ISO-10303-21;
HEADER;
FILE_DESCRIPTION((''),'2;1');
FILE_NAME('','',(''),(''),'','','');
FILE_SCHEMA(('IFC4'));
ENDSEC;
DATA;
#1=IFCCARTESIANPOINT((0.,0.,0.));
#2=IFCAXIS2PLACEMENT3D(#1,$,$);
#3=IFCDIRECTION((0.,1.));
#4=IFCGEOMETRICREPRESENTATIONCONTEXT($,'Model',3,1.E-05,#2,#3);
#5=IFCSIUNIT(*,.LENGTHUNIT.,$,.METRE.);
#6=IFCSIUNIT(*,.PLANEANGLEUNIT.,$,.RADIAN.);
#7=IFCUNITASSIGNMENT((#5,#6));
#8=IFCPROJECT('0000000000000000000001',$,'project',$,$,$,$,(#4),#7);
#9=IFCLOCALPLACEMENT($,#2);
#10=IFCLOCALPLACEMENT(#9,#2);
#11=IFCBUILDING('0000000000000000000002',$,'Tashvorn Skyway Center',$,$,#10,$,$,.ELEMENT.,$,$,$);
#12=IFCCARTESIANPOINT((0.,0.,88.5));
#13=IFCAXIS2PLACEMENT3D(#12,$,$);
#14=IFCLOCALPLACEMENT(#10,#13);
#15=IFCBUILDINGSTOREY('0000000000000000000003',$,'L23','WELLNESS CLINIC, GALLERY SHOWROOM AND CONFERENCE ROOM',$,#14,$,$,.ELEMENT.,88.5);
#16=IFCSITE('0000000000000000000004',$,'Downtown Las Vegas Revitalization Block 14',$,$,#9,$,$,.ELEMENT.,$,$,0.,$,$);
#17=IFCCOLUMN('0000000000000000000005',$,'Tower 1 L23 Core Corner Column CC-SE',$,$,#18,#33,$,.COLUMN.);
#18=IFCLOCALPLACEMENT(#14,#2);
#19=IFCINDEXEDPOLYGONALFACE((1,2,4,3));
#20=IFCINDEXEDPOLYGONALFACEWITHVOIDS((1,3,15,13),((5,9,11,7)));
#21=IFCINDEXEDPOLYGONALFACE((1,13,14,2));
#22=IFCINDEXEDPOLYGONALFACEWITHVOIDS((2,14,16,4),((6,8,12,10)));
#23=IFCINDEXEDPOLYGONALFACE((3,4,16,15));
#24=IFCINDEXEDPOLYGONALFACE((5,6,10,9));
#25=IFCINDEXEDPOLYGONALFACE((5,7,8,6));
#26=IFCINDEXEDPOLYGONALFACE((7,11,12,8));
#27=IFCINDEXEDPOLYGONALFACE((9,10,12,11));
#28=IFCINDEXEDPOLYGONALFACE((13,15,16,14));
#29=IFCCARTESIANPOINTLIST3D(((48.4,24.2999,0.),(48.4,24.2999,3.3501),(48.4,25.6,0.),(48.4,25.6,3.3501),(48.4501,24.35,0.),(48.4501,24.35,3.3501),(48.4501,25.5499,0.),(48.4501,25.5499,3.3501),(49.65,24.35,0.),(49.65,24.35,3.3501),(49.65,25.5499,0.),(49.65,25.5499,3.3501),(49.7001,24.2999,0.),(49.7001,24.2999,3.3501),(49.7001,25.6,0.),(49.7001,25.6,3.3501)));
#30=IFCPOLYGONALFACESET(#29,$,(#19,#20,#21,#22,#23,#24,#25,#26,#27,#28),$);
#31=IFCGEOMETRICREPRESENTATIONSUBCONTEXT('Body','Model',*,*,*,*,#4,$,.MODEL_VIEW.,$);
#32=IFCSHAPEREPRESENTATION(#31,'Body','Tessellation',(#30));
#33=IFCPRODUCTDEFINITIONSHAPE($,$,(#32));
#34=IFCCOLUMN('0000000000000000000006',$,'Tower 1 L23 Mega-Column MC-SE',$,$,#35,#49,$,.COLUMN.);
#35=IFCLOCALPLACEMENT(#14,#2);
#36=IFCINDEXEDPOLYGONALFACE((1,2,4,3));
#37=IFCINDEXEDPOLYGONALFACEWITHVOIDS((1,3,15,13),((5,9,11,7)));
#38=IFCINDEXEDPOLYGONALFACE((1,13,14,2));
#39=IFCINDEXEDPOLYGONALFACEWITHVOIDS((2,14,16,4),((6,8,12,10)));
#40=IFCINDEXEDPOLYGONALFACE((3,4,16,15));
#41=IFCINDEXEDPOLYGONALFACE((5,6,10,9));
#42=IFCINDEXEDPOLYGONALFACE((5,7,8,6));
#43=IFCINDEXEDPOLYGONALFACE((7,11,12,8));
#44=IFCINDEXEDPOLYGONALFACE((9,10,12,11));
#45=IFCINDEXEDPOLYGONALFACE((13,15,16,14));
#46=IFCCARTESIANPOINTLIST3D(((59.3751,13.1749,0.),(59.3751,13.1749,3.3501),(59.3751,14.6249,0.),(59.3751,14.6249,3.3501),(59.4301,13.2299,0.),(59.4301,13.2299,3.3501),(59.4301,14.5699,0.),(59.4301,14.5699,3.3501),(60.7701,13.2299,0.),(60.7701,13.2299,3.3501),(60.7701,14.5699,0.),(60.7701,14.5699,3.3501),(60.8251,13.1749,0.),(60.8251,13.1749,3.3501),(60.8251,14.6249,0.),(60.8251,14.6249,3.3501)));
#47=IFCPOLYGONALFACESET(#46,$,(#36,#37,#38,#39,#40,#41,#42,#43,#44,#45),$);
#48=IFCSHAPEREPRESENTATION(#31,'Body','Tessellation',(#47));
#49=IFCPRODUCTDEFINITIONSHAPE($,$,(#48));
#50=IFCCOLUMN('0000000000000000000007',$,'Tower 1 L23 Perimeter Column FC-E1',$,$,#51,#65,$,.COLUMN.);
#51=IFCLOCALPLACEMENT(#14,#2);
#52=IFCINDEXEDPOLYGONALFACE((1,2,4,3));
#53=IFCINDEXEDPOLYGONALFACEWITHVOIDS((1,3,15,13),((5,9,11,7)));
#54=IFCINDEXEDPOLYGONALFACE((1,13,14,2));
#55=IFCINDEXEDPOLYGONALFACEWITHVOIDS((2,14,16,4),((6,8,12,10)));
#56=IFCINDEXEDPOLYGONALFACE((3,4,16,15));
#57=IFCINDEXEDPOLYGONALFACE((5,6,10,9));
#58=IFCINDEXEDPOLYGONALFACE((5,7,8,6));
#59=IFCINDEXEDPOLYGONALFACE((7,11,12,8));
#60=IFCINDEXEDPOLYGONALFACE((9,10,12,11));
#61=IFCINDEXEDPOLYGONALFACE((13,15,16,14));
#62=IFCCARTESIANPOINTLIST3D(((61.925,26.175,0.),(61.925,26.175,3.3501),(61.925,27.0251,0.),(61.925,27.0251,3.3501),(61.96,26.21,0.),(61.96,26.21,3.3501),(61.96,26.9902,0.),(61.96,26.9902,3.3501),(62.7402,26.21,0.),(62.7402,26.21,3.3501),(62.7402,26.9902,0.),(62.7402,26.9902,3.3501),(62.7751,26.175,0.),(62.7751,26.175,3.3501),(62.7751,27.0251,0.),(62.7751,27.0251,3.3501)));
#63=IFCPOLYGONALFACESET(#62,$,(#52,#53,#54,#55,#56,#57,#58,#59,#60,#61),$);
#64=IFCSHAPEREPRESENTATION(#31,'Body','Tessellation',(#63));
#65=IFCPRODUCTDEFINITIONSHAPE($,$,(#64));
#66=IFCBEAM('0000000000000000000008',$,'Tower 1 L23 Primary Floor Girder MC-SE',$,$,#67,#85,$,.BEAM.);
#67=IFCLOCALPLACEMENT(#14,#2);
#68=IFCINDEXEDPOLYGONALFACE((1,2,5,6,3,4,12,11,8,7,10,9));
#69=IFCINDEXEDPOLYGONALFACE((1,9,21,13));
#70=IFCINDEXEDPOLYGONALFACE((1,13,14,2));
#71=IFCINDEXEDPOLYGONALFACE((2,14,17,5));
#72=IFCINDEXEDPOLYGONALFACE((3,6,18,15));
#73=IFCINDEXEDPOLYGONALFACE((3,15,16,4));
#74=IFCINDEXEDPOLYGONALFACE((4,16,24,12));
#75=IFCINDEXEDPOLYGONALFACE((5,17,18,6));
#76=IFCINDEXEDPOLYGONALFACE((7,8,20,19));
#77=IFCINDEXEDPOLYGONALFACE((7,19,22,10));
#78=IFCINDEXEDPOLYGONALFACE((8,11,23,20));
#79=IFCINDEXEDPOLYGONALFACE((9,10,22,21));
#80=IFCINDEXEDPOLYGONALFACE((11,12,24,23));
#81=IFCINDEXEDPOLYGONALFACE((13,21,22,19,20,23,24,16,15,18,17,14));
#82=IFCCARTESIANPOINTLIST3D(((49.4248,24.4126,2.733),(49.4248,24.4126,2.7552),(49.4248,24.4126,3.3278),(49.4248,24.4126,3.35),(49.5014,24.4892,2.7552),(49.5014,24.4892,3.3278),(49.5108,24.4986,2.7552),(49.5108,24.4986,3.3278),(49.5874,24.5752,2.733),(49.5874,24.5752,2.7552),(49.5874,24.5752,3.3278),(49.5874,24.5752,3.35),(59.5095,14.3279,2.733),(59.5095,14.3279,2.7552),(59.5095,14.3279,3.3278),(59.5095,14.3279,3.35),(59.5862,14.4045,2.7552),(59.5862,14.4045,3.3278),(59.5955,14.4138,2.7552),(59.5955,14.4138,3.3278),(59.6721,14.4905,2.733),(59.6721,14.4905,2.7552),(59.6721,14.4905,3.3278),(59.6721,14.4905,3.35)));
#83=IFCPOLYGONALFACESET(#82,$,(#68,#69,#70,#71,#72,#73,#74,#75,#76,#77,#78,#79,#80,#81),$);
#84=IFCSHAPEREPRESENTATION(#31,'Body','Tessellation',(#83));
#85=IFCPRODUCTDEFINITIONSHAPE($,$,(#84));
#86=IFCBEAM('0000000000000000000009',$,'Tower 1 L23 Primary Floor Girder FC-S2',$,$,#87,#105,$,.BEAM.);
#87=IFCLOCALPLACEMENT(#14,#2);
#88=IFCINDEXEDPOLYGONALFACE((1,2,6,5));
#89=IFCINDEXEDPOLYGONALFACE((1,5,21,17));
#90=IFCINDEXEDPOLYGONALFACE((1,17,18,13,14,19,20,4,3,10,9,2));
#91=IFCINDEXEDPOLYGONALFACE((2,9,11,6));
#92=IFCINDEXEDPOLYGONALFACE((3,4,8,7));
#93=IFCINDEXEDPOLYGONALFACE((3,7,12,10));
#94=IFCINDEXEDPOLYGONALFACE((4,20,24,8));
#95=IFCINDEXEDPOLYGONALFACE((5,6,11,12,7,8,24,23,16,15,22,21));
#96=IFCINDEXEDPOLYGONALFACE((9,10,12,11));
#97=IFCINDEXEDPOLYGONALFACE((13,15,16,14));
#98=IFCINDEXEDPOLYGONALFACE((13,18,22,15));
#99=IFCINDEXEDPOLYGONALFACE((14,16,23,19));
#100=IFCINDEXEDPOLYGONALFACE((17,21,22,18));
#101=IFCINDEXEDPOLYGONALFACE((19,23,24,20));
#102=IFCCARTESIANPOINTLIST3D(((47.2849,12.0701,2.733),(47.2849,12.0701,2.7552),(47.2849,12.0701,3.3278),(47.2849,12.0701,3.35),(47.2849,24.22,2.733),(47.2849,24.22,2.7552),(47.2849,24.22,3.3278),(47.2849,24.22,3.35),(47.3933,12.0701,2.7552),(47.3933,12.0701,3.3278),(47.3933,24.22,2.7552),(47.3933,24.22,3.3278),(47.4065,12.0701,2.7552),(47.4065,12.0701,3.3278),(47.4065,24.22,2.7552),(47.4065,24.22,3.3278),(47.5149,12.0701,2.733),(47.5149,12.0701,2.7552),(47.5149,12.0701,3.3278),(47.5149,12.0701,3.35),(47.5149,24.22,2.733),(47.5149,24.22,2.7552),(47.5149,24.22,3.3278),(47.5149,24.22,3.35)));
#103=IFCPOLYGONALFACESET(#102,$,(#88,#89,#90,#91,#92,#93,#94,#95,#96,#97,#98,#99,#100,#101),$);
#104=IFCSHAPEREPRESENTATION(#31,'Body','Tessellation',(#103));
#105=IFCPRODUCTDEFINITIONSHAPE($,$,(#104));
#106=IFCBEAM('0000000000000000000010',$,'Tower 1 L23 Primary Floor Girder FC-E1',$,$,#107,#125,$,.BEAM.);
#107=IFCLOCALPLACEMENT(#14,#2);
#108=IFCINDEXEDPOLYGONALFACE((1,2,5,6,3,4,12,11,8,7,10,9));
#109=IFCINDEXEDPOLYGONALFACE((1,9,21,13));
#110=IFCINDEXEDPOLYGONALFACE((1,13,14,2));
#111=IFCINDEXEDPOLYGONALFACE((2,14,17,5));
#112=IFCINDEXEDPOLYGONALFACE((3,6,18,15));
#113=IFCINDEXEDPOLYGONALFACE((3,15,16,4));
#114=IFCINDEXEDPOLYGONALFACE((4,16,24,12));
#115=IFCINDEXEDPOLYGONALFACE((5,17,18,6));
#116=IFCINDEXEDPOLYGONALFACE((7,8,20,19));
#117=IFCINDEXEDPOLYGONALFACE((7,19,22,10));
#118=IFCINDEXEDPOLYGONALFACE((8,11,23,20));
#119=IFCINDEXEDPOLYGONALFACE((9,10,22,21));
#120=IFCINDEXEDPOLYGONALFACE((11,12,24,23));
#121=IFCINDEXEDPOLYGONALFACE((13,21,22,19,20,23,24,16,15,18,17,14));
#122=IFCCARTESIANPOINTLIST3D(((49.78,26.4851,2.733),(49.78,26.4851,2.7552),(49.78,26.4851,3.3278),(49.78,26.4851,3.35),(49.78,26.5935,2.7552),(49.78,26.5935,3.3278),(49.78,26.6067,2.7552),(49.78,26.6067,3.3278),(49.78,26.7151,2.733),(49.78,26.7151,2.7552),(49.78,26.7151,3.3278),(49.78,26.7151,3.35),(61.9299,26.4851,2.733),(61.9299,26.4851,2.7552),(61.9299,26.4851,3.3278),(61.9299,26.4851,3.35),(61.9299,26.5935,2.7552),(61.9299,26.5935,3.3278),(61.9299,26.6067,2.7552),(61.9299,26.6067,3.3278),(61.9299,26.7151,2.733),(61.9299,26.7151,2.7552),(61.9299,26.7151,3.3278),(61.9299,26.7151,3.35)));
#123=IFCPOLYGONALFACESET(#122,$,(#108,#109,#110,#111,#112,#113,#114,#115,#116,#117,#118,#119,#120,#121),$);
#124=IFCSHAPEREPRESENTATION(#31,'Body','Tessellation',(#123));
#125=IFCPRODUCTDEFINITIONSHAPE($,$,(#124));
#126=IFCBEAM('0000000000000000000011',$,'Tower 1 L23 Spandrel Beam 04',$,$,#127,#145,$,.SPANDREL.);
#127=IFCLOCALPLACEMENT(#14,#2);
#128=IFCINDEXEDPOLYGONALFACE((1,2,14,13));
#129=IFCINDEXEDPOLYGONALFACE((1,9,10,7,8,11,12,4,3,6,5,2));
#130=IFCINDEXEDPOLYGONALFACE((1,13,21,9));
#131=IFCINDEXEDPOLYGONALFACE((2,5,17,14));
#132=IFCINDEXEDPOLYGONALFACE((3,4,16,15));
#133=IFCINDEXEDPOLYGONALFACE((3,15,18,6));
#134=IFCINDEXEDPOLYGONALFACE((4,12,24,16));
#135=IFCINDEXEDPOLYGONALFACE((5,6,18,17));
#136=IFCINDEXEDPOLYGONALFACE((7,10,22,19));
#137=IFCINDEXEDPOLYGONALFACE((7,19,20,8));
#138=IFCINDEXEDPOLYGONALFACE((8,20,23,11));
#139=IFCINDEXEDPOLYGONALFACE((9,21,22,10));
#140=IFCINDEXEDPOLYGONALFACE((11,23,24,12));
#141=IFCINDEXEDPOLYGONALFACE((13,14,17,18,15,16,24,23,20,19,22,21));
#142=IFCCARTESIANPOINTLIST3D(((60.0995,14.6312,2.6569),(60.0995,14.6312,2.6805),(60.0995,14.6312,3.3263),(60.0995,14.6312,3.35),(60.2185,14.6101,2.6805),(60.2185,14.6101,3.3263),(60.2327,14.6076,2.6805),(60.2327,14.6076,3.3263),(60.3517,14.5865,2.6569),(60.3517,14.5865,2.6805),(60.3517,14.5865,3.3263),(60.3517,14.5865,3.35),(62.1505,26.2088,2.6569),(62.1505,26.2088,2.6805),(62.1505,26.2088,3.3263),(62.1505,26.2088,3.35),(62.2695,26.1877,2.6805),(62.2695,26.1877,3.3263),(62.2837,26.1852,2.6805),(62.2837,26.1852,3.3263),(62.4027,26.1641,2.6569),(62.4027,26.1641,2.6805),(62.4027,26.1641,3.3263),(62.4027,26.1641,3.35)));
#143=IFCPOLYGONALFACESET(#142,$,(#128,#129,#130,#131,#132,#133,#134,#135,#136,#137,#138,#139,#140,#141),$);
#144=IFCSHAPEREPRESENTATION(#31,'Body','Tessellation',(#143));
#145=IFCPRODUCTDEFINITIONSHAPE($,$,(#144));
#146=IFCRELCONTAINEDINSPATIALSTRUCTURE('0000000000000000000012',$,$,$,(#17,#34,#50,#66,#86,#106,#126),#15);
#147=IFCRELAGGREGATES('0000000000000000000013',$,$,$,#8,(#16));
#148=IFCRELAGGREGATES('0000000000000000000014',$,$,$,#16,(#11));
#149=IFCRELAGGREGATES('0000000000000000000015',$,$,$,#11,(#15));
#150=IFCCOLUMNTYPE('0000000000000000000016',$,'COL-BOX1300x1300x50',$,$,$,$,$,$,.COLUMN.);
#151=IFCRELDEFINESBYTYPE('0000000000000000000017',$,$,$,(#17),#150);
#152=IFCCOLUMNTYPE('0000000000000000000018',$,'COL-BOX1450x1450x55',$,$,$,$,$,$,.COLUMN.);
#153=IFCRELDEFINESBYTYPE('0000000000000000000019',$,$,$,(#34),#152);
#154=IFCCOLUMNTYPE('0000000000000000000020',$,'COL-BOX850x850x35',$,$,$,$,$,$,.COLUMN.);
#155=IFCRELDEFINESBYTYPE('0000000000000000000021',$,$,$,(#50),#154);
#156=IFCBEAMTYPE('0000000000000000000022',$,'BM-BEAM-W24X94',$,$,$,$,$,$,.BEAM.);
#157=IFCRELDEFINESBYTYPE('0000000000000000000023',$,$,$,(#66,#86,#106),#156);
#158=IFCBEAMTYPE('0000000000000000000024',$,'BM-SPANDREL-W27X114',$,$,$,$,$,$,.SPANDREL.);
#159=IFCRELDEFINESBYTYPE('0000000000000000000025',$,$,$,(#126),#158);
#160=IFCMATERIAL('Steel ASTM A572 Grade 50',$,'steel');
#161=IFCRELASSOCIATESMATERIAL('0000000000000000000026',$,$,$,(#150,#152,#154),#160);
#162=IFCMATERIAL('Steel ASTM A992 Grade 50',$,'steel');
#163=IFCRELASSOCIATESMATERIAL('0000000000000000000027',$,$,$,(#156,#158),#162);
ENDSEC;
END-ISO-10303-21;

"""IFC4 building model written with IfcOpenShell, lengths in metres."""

from ifc_helpers import new_model, si_unit, direction, frame, origin, origin_2d, place, context, subcontext, project, spatial, hollow_rectangle, i_section, extrude, material, material_profile, profile_set, type_object, element, save


model = new_model("IFC4")

# Units and contexts
model_context = context("Model", 3, precision=1e-05, world=origin(), true_north=direction((0.0, 1.0)))
body_context = subcontext(model_context, "Body", "Model", "MODEL_VIEW")
ifc_project = project(units=[si_unit("LENGTHUNIT", "METRE"), si_unit("PLANEANGLEUNIT", "RADIAN")], contexts=[model_context])

# Site, building, storey
site_placement = place(None, origin())
site = spatial("IfcSite", under=ifc_project, at=site_placement, Name="Downtown Las Vegas Revitalization Block 14", CompositionType="ELEMENT", RefElevation=0.0)
building_placement = place(site_placement, origin())
building = spatial("IfcBuilding", under=site, at=building_placement, Name="Tashvorn Skyway Center", CompositionType="ELEMENT")
storey_placement = place(building_placement, frame((0.0, 0.0, 88.5)))
storey = spatial("IfcBuildingStorey", under=building, at=storey_placement, Name="L23", Description="WELLNESS CLINIC, GALLERY SHOWROOM AND CONFERENCE ROOM", CompositionType="ELEMENT", Elevation=88.5)

# Columns
ifc_material_1 = material(Name="Steel ASTM A572 Grade 50", Category="steel")
ifc_material_profile_1 = material_profile(ifc_material_1, hollow_rectangle(XDim=1.3, YDim=1.3, WallThickness=0.05, at=origin_2d()), Name="BOX1300x1300x50")
ifc_profile_set_1 = profile_set([ifc_material_profile_1], Name="Steel ASTM A572 Grade 50")
column_type_1 = type_object("IfcColumnType", Name="COL-BOX1300x1300x50", PredefinedType="COLUMN", material=ifc_profile_set_1)
column_1_placement = place(storey_placement, frame((49.05, 24.95, 0.0), z_axis=(0.0, 0.0, 1.0), x_axis=(1.0, 0.0, 0.0)))
element("IfcColumn", 1, at=column_1_placement, inside=storey, type_object=column_type_1, Name="Tower 1 L23 Core Corner Column CC-SE", PredefinedType="COLUMN", context=body_context, shape_type="SweptSolid", body=[
    extrude(hollow_rectangle(XDim=1.3, YDim=1.3, WallThickness=0.05, at=origin_2d()), origin(), (0.0, 0.0, 1.0), 3.3501),
])
ifc_material_profile_2 = material_profile(ifc_material_1, hollow_rectangle(XDim=1.45, YDim=1.45, WallThickness=0.0549, at=origin_2d()), Name="BOX1450x1450x55")
ifc_profile_set_2 = profile_set([ifc_material_profile_2], Name="Steel ASTM A572 Grade 50")
column_type_2 = type_object("IfcColumnType", Name="COL-BOX1450x1450x55", PredefinedType="COLUMN", material=ifc_profile_set_2)
column_2_placement = place(storey_placement, frame((60.1001, 13.8999, 0.0), z_axis=(0.0, 0.0, 1.0), x_axis=(1.0, 0.0, 0.0)))
element("IfcColumn", 2, at=column_2_placement, inside=storey, type_object=column_type_2, Name="Tower 1 L23 Mega-Column MC-SE", PredefinedType="COLUMN", context=body_context, shape_type="SweptSolid", body=[
    extrude(hollow_rectangle(XDim=1.45, YDim=1.45, WallThickness=0.0549, at=origin_2d()), origin(), (0.0, 0.0, 1.0), 3.3501),
])
ifc_material_profile_3 = material_profile(ifc_material_1, hollow_rectangle(XDim=0.8501, YDim=0.8501, WallThickness=0.0349, at=origin_2d()), Name="BOX850x850x35")
ifc_profile_set_3 = profile_set([ifc_material_profile_3], Name="Steel ASTM A572 Grade 50")
column_type_3 = type_object("IfcColumnType", Name="COL-BOX850x850x35", PredefinedType="COLUMN", material=ifc_profile_set_3)
column_3_placement = place(storey_placement, frame((62.3501, 26.6001, 0.0), z_axis=(0.0, 0.0, 1.0), x_axis=(1.0, 0.0, 0.0)))
element("IfcColumn", 3, at=column_3_placement, inside=storey, type_object=column_type_3, Name="Tower 1 L23 Perimeter Column FC-E1", PredefinedType="COLUMN", context=body_context, shape_type="SweptSolid", body=[
    extrude(hollow_rectangle(XDim=0.8501, YDim=0.8501, WallThickness=0.0349, at=origin_2d()), origin(), (0.0, 0.0, 1.0), 3.3501),
])

# Beams
ifc_material_2 = material(Name="Steel ASTM A992 Grade 50", Category="steel")
ifc_material_profile_4 = material_profile(ifc_material_2, i_section(OverallWidth=0.23, OverallDepth=0.6169, WebThickness=0.0132, FlangeThickness=0.0222, at=origin_2d()), Name="W24X94")
ifc_profile_set_4 = profile_set([ifc_material_profile_4], Name="Steel ASTM A992 Grade 50")
beam_type_1 = type_object("IfcBeamType", Name="BM-BEAM-W24X94", PredefinedType="BEAM", material=ifc_profile_set_4)
beam_1_placement = place(storey_placement, frame((59.5908, 14.4092, 3.0415), z_axis=(-0.707107, 0.707107, 0.0), x_axis=(-0.707107, -0.707107, 0.0)))
element("IfcBeam", 4, at=beam_1_placement, inside=storey, type_object=beam_type_1, Name="Tower 1 L23 Primary Floor Girder MC-SE", PredefinedType="BEAM", context=body_context, shape_type="SweptSolid", body=[
    extrude(i_section(OverallWidth=0.23, OverallDepth=0.6169, WebThickness=0.0132, FlangeThickness=0.0222, at=origin_2d()), origin(), (0.0, 0.0, 1.0), 14.262),
])
for number, where, z_axis, x_axis, name in (
    (5, (47.3999, 12.0701, 3.0415), (0.0, 1.0, 0.0), (-1.0, 0.0, 0.0), "Tower 1 L23 Primary Floor Girder FC-S2"),
    (6, (61.9299, 26.6001, 3.0415), (-1.0, 0.0, 0.0), (0.0, -1.0, 0.0), "Tower 1 L23 Primary Floor Girder FC-E1"),
):
    element("IfcBeam", number, at=place(storey_placement, frame(where, z_axis=z_axis, x_axis=x_axis)), inside=storey, type_object=beam_type_1, Name=name, PredefinedType="BEAM", context=body_context, shape_type="SweptSolid", body=[
        extrude(i_section(OverallWidth=0.23, OverallDepth=0.6169, WebThickness=0.0132, FlangeThickness=0.0222, at=origin_2d()), origin(), (0.0, 0.0, 1.0), 12.1499),
    ])
ifc_material_profile_5 = material_profile(ifc_material_2, i_section(OverallWidth=0.2561, OverallDepth=0.6931, WebThickness=0.0144, FlangeThickness=0.0237, at=origin_2d()), Name="W27X114")
ifc_profile_set_5 = profile_set([ifc_material_profile_5], Name="Steel ASTM A992 Grade 50")
beam_type_2 = type_object("IfcBeamType", Name="BM-SPANDREL-W27X114", PredefinedType="SPANDREL", material=ifc_profile_set_5)
beam_2_placement = place(storey_placement, frame((60.2256, 14.6089, 3.0034), z_axis=(0.174438, 0.984668, 0.0), x_axis=(-0.984668, 0.174438, 0.0)))
element("IfcBeam", 7, at=beam_2_placement, inside=storey, type_object=beam_type_2, Name="Tower 1 L23 Spandrel Beam 04", PredefinedType="SPANDREL", context=body_context, shape_type="SweptSolid", body=[
    extrude(i_section(OverallWidth=0.2561, OverallDepth=0.6931, WebThickness=0.0144, FlangeThickness=0.0237, at=origin_2d()), origin(), (0.0, 0.0, 1.0), 11.7578),
])

save(model, "model.ifc")
